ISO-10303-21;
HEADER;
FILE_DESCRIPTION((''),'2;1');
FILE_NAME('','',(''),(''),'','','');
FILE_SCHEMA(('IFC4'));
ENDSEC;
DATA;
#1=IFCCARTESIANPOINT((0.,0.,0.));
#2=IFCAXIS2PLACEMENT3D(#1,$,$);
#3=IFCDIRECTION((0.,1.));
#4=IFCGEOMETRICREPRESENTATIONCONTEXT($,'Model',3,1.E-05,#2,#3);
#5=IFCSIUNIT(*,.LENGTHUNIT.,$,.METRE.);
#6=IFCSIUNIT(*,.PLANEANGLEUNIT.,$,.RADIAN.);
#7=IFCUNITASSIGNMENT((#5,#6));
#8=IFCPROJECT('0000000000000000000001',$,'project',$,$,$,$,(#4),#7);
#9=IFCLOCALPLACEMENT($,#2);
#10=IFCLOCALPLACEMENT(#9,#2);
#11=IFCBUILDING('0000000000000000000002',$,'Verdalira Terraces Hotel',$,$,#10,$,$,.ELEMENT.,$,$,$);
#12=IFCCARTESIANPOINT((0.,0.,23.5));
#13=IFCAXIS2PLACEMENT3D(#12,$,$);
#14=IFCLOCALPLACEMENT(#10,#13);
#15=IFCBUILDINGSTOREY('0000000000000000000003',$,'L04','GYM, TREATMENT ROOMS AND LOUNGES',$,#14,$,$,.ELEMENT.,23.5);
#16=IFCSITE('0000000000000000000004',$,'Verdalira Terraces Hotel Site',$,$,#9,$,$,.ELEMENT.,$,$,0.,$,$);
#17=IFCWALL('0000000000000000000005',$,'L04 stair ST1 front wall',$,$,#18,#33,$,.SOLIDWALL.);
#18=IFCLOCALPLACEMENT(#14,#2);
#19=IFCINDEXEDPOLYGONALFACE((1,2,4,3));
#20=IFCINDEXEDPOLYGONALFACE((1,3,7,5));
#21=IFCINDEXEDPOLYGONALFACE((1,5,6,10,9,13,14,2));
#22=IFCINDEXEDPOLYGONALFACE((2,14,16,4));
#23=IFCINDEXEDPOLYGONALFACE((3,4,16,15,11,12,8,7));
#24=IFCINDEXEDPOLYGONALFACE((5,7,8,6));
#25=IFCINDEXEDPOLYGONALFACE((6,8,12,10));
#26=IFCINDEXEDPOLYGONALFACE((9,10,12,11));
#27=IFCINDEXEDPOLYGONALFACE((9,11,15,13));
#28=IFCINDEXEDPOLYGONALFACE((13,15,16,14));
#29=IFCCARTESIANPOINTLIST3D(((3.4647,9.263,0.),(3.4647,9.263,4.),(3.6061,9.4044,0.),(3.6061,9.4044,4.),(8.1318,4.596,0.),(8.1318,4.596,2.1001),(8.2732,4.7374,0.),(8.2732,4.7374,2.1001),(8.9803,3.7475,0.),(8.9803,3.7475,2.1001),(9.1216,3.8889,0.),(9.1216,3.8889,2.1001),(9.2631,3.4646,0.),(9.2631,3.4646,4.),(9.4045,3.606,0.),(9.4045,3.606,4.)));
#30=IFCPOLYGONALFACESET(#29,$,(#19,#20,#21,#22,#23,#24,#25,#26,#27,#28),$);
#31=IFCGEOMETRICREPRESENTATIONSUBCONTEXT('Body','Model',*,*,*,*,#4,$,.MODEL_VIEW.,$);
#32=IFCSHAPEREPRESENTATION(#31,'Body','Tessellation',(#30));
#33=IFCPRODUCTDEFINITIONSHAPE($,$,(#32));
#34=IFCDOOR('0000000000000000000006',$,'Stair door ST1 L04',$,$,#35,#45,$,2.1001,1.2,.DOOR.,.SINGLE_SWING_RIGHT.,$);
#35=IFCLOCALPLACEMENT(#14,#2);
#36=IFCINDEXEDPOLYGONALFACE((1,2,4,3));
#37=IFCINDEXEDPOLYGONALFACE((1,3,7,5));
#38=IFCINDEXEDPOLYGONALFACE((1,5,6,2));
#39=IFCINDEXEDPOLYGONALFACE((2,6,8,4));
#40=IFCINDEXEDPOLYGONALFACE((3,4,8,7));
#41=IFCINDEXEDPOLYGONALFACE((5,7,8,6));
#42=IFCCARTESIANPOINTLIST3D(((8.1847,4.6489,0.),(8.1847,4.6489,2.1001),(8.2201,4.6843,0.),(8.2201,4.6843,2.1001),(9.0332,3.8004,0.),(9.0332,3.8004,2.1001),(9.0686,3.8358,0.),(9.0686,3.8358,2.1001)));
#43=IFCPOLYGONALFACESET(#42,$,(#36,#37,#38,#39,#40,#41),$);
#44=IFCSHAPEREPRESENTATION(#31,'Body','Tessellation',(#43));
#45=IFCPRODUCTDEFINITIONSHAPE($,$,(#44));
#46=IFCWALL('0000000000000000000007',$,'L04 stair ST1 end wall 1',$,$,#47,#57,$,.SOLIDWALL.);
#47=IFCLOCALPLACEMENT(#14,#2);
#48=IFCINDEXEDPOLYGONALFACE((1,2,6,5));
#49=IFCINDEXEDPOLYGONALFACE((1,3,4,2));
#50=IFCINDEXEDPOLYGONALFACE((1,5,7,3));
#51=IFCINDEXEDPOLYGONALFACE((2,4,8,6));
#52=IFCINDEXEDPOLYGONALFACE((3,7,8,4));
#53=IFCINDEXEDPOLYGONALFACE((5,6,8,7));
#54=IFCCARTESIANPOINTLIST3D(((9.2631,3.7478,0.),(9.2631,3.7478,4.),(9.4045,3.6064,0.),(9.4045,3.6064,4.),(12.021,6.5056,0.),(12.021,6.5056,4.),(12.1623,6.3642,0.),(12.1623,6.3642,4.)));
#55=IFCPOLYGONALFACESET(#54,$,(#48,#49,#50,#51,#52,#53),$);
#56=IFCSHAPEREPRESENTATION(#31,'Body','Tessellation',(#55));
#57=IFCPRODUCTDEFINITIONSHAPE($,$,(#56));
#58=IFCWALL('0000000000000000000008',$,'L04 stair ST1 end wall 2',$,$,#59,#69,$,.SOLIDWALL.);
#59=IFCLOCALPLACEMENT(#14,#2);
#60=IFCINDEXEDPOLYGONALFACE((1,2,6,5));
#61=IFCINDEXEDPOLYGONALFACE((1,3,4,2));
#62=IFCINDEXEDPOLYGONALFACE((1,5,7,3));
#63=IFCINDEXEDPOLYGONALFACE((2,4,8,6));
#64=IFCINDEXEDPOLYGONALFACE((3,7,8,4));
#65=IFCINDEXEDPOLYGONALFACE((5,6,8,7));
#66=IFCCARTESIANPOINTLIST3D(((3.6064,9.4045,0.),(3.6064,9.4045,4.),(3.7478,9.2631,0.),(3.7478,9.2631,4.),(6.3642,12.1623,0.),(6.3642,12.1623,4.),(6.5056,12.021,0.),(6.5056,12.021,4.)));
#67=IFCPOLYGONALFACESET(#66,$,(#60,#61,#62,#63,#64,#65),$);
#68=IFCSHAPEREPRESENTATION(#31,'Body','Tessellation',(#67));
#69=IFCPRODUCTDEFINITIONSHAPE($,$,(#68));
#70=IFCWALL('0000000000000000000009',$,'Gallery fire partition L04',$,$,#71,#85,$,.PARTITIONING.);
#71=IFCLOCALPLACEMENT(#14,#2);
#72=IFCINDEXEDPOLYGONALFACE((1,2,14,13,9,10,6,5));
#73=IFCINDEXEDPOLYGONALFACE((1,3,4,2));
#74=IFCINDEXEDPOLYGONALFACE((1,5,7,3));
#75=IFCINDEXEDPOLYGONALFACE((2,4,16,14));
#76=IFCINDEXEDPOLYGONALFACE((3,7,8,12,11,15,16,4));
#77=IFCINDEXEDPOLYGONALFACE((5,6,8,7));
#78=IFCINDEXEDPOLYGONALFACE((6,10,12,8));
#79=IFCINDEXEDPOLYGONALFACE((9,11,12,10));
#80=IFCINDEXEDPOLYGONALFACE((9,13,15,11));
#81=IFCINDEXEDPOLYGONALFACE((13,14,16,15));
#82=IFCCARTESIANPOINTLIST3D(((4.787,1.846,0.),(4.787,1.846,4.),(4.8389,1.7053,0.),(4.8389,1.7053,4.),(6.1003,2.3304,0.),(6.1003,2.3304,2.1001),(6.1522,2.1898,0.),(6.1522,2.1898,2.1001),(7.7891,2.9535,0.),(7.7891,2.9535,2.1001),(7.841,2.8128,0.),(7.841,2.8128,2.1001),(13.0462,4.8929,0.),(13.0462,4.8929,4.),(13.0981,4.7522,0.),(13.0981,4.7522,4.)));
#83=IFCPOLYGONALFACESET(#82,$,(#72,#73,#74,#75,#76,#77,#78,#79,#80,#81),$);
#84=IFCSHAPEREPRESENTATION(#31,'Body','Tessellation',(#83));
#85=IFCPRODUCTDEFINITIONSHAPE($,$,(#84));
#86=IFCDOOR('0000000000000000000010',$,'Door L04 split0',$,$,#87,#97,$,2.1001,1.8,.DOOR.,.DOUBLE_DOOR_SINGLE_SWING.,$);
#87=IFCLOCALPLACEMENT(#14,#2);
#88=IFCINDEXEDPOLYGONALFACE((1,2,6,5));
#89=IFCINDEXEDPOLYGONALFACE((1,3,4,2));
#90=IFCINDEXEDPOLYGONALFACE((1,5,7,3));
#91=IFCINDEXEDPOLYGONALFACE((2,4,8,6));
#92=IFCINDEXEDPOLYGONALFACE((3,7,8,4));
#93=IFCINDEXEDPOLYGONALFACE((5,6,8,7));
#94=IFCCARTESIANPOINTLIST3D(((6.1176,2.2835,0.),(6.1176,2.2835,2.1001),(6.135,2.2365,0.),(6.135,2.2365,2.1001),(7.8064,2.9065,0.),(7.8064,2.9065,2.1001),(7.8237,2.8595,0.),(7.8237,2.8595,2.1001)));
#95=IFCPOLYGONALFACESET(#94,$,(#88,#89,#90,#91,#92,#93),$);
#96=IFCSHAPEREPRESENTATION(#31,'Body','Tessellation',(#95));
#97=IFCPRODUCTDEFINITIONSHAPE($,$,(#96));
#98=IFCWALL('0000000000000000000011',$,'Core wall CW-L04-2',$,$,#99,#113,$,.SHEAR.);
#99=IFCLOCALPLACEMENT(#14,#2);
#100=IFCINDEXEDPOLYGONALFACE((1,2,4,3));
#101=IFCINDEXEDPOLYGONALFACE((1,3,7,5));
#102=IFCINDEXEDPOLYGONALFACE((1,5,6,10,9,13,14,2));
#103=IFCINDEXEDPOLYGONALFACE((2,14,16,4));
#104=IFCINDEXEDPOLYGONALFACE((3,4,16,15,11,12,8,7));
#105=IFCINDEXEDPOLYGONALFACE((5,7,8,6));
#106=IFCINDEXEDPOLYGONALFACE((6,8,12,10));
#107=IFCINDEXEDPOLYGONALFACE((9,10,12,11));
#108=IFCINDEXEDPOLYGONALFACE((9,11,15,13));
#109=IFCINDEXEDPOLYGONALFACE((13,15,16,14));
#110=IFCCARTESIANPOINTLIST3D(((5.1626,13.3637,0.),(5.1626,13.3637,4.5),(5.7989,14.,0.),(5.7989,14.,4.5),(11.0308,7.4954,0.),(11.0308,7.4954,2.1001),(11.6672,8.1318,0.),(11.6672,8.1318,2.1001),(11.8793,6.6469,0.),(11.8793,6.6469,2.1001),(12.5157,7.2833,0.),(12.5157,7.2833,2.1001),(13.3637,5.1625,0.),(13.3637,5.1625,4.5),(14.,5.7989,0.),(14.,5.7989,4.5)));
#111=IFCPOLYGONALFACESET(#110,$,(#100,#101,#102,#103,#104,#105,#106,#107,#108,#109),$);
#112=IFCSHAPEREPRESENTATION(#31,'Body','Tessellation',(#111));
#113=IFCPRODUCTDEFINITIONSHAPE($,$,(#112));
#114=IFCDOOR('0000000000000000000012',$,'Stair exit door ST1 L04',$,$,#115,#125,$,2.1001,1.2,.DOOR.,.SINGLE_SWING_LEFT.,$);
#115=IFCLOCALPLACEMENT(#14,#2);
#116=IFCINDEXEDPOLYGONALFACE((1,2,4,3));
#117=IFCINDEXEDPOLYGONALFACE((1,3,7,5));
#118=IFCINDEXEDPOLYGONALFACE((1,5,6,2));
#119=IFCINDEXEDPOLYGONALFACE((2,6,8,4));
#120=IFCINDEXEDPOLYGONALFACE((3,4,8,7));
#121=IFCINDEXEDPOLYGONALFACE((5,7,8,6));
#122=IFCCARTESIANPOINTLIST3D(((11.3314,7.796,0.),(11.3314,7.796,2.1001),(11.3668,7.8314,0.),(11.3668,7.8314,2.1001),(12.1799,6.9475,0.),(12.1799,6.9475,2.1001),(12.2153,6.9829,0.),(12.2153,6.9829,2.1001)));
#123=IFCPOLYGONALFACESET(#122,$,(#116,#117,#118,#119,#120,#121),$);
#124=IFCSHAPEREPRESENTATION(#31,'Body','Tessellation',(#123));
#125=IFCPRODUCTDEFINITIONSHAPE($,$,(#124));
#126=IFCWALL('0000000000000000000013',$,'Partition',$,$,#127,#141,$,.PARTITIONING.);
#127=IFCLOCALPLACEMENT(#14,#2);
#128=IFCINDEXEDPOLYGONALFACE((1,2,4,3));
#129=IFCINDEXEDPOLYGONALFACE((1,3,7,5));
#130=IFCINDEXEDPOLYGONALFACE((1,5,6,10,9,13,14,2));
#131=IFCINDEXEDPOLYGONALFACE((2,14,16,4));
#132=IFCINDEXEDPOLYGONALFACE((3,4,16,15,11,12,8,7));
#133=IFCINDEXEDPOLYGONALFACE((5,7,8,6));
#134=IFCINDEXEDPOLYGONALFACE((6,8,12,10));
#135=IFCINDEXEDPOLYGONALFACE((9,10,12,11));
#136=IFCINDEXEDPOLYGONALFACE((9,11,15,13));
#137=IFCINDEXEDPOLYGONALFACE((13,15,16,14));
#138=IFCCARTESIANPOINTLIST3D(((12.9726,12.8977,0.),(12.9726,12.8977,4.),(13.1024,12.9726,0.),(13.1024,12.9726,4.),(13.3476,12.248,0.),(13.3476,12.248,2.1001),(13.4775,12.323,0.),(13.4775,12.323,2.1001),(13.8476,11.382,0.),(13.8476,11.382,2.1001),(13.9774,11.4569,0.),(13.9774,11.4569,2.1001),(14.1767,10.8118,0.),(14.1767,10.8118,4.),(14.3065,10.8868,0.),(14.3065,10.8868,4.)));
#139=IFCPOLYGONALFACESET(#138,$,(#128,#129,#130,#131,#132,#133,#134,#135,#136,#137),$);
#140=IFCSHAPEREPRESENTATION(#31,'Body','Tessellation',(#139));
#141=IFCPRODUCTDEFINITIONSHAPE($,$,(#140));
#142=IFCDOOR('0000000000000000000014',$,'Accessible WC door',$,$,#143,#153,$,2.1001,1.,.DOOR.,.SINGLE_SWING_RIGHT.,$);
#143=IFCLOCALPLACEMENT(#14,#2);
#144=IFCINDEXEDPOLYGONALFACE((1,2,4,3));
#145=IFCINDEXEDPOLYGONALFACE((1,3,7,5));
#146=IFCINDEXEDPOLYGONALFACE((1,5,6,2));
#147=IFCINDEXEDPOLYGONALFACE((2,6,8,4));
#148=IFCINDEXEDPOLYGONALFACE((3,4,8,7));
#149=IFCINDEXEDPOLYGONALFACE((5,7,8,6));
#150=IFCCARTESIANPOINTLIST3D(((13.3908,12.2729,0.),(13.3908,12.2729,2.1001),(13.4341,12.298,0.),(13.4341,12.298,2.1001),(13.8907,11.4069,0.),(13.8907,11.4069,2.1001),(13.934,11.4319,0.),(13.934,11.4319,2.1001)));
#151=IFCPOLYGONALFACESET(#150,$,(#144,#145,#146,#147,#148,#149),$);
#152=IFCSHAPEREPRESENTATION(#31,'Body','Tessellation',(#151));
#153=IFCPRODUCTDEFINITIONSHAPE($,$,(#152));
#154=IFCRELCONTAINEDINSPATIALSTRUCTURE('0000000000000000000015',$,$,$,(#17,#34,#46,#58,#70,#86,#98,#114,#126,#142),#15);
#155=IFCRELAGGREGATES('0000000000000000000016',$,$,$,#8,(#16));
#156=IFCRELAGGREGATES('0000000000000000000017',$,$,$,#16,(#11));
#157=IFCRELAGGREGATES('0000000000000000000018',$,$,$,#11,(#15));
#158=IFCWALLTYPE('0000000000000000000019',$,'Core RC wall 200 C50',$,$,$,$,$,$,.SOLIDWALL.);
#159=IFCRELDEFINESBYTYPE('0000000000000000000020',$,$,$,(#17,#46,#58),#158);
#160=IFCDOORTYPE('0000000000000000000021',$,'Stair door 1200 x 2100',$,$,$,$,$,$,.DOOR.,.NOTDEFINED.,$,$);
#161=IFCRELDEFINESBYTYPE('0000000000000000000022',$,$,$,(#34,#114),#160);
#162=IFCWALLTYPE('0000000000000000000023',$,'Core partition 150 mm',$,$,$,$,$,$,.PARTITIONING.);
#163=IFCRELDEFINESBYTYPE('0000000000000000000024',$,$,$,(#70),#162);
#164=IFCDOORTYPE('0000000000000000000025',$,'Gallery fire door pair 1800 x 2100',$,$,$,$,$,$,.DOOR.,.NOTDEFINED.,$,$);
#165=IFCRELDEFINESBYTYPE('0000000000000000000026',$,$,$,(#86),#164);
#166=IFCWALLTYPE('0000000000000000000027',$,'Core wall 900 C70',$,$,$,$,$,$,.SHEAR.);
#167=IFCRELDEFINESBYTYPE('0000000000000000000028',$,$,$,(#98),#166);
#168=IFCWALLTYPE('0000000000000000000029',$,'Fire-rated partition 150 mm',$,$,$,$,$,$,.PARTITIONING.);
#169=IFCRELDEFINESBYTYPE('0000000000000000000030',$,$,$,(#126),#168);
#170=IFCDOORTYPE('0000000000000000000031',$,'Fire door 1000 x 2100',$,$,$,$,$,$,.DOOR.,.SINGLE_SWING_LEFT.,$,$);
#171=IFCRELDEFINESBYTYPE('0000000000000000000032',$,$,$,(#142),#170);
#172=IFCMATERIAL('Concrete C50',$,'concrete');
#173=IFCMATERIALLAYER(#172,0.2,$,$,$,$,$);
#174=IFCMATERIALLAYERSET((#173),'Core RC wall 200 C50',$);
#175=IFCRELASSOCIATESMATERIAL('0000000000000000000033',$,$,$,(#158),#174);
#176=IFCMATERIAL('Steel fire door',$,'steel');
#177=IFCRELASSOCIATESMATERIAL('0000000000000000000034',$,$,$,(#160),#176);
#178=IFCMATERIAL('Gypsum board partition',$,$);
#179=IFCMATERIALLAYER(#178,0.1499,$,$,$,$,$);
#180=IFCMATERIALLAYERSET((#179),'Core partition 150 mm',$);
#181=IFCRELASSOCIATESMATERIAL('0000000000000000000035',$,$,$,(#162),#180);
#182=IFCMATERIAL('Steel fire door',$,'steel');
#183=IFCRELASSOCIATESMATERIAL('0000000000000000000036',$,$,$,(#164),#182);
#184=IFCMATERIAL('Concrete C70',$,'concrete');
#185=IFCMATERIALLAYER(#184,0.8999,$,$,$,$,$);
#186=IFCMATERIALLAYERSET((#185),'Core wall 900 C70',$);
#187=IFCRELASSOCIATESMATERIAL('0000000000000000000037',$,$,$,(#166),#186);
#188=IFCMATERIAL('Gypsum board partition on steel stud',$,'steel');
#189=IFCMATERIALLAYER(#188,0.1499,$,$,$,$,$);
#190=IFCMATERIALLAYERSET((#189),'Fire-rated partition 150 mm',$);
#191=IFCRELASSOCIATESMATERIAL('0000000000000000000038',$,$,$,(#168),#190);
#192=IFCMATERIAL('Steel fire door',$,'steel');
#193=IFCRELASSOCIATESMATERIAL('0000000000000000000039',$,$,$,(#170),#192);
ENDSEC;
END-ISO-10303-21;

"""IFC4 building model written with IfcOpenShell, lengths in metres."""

from ifc_helpers import new_model, si_unit, direction, frame, frame_2d, origin, place, context, subcontext, project, spatial, rectangle, extrude, material, layer, layer_set, type_object, element, fill, save


model = new_model("IFC4")

# Units and contexts
model_context = context("Model", 3, precision=1e-05, world=origin(), true_north=direction((0.0, 1.0)))
body_context = subcontext(model_context, "Body", "Model", "MODEL_VIEW")
ifc_project = project(units=[si_unit("LENGTHUNIT", "METRE"), si_unit("PLANEANGLEUNIT", "RADIAN")], contexts=[model_context])

# Site, building, storey
site_placement = place(None, origin())
site = spatial("IfcSite", under=ifc_project, at=site_placement, Name="Verdalira Terraces Hotel Site", CompositionType="ELEMENT", RefElevation=0.0)
building_placement = place(site_placement, origin())
building = spatial("IfcBuilding", under=site, at=building_placement, Name="Verdalira Terraces Hotel", CompositionType="ELEMENT")
storey_placement = place(building_placement, frame((0.0, 0.0, 23.5)))
storey = spatial("IfcBuildingStorey", under=building, at=storey_placement, Name="L04", Description="GYM, TREATMENT ROOMS AND LOUNGES", CompositionType="ELEMENT", Elevation=23.5)

# Wall, opening, door
ifc_material_1 = material(Name="Concrete C50", Category="concrete")
ifc_layer_1 = layer(ifc_material_1, 0.2)
ifc_layer_set_1 = layer_set([ifc_layer_1], Name="Core RC wall 200 C50")
wall_type_1 = type_object("IfcWallType", Name="Core RC wall 200 C50", PredefinedType="SOLIDWALL", material=ifc_layer_set_1)
wall_1_placement = place(storey_placement, frame((3.5354, 9.3337, 0.0), z_axis=(0.0, 0.0, 1.0), x_axis=(0.707107, -0.707107, 0.0)))
wall_1 = element("IfcWall", 1, at=wall_1_placement, inside=storey, type_object=wall_type_1, Name="L04 stair ST1 front wall", PredefinedType="SOLIDWALL", context=body_context, shape_type="SweptSolid", body=[
    extrude(rectangle(XDim=8.2002, YDim=0.2, at=frame_2d((4.1001, 0.0))), origin(), (0.0, 0.0, 1.0), 4.0),
])
opening_1_placement = place(wall_1_placement, frame((6.6001, 0.0, 0.0)))
opening_1 = element("IfcOpeningElement", 2, at=opening_1_placement, cuts=wall_1, PredefinedType="OPENING", context=body_context, shape_type="SweptSolid", body=[
    extrude(rectangle(XDim=1.2, YDim=2.1001, at=frame_2d((0.6001, 1.05))), frame((0.0, 0.1099, 0.0), z_axis=(0.0, -1.0, 0.0), x_axis=(1.0, 0.0, 0.0)), (0.0, 0.0, 1.0), 0.22),
])
ifc_material_2 = material(Name="Steel fire door", Category="steel")
door_type_1 = type_object("IfcDoorType", Name="Stair door 1200 x 2100", OperationType="NOTDEFINED", PredefinedType="DOOR", material=ifc_material_2)
door_1_placement = place(opening_1_placement, origin())
door_1 = element("IfcDoor", 3, at=door_1_placement, inside=storey, type_object=door_type_1, Name="Stair door ST1 L04", OperationType="SINGLE_SWING_RIGHT", OverallHeight=2.1001, OverallWidth=1.2, PredefinedType="DOOR", context=body_context, shape_type="SweptSolid", body=[
    extrude(rectangle(XDim=1.2, YDim=2.1001, at=frame_2d((0.6001, 1.05))), frame((0.0, 0.0249, 0.0), z_axis=(0.0, -1.0, 0.0), x_axis=(1.0, 0.0, 0.0)), (0.0, 0.0, 1.0), 0.05),
])
fill(opening_1, door_1)

# Walls
for number, where, z_axis, x_axis, name in (
    (4, (9.3337, 3.677, 0.0), (0.0, 0.0, 1.0), (0.707107, 0.707107, 0.0), "L04 stair ST1 end wall 1"),
    (5, (3.677, 9.3337, 0.0), (0.0, 0.0, 1.0), (0.707107, 0.707107, 0.0), "L04 stair ST1 end wall 2"),
):
    element("IfcWall", number, at=place(storey_placement, frame(where, z_axis=z_axis, x_axis=x_axis)), inside=storey, type_object=wall_type_1, Name=name, PredefinedType="SOLIDWALL", context=body_context, shape_type="SweptSolid", body=[
        extrude(rectangle(XDim=3.9001, YDim=0.2, at=frame_2d((1.9502, 0.0))), origin(), (0.0, 0.0, 1.0), 4.0),
    ])

# Walls, openings, doors
ifc_material_3 = material(Name="Gypsum board partition")
ifc_layer_2 = layer(ifc_material_3, 0.1499)
ifc_layer_set_2 = layer_set([ifc_layer_2], Name="Core partition 150 mm")
wall_type_2 = type_object("IfcWallType", Name="Core partition 150 mm", PredefinedType="PARTITIONING", material=ifc_layer_set_2)
wall_2_placement = place(storey_placement, frame((4.813, 1.7756, 0.0), z_axis=(0.0, 0.0, 1.0), x_axis=(0.938193, 0.346113, 0.0)))
wall_2 = element("IfcWall", 6, at=wall_2_placement, inside=storey, type_object=wall_type_2, Name="Gallery fire partition L04", PredefinedType="PARTITIONING", context=body_context, shape_type="SweptSolid", body=[
    extrude(rectangle(XDim=8.8032, YDim=0.1499, at=frame_2d((4.4016, 0.0))), origin(), (0.0, 0.0, 1.0), 4.0),
])
opening_2_placement = place(wall_2_placement, frame((1.3999, 0.0, 0.0)))
opening_2 = element("IfcOpeningElement", 7, at=opening_2_placement, cuts=wall_2, PredefinedType="OPENING", context=body_context, shape_type="SweptSolid", body=[
    extrude(rectangle(XDim=1.8, YDim=2.1001, at=frame_2d((0.8999, 1.05))), frame((0.0, 0.085, 0.0), z_axis=(0.0, -1.0, 0.0), x_axis=(1.0, 0.0, 0.0)), (0.0, 0.0, 1.0), 0.1699),
])
ifc_material_4 = material(Name="Steel fire door", Category="steel")
door_type_2 = type_object("IfcDoorType", Name="Gallery fire door pair 1800 x 2100", OperationType="NOTDEFINED", PredefinedType="DOOR", material=ifc_material_4)
door_2_placement = place(opening_2_placement, origin())
door_2 = element("IfcDoor", 8, at=door_2_placement, inside=storey, type_object=door_type_2, Name="Door L04 split0", OperationType="DOUBLE_DOOR_SINGLE_SWING", OverallHeight=2.1001, OverallWidth=1.8, PredefinedType="DOOR", context=body_context, shape_type="SweptSolid", body=[
    extrude(rectangle(XDim=1.8, YDim=2.1001, at=frame_2d((0.8999, 1.05))), frame((0.0, 0.0249, 0.0), z_axis=(0.0, -1.0, 0.0), x_axis=(1.0, 0.0, 0.0)), (0.0, 0.0, 1.0), 0.05),
])
fill(opening_2, door_2)
ifc_material_5 = material(Name="Concrete C70", Category="concrete")
ifc_layer_3 = layer(ifc_material_5, 0.8999)
ifc_layer_set_3 = layer_set([ifc_layer_3], Name="Core wall 900 C70")
wall_type_3 = type_object("IfcWallType", Name="Core wall 900 C70", PredefinedType="SHEAR", material=ifc_layer_set_3)
wall_3_placement = place(storey_placement, frame((13.6819, 5.4807, 0.0), z_axis=(0.0, 0.0, 1.0), x_axis=(-0.707107, 0.707107, 0.0)))
wall_3 = element("IfcWall", 9, at=wall_3_placement, inside=storey, type_object=wall_type_3, Name="Core wall CW-L04-2", PredefinedType="SHEAR", context=body_context, shape_type="SweptSolid", body=[
    extrude(rectangle(XDim=11.5981, YDim=0.8999, at=frame_2d((5.7991, 0.0))), origin(), (0.0, 0.0, 1.0), 4.5),
])
opening_3_placement = place(wall_3_placement, frame((2.0991, 0.0, 0.0)))
opening_3 = element("IfcOpeningElement", 10, at=opening_3_placement, cuts=wall_3, PredefinedType="OPENING", context=body_context, shape_type="SweptSolid", body=[
    extrude(rectangle(XDim=1.2, YDim=2.1001, at=frame_2d((0.6001, 1.05))), frame((0.0, 0.46, 0.0), z_axis=(0.0, -1.0, 0.0), x_axis=(1.0, 0.0, 0.0)), (0.0, 0.0, 1.0), 0.9199),
])
door_3_placement = place(opening_3_placement, origin())
door_3 = element("IfcDoor", 11, at=door_3_placement, inside=storey, type_object=door_type_1, Name="Stair exit door ST1 L04", OperationType="SINGLE_SWING_LEFT", OverallHeight=2.1001, OverallWidth=1.2, PredefinedType="DOOR", context=body_context, shape_type="SweptSolid", body=[
    extrude(rectangle(XDim=1.2, YDim=2.1001, at=frame_2d((0.6001, 1.05))), frame((0.0, 0.0249, 0.0), z_axis=(0.0, -1.0, 0.0), x_axis=(1.0, 0.0, 0.0)), (0.0, 0.0, 1.0), 0.05),
])
fill(opening_3, door_3)
ifc_material_6 = material(Name="Gypsum board partition on steel stud", Category="steel")
ifc_layer_4 = layer(ifc_material_6, 0.1499)
ifc_layer_set_4 = layer_set([ifc_layer_4], Name="Fire-rated partition 150 mm")
wall_type_4 = type_object("IfcWallType", Name="Fire-rated partition 150 mm", PredefinedType="PARTITIONING", material=ifc_layer_set_4)
wall_4_placement = place(storey_placement, frame((13.0376, 12.9351, 0.0), z_axis=(0.0, 0.0, 1.0), x_axis=(0.499933, -0.866064, 0.0)))
wall_4 = element("IfcWall", 12, at=wall_4_placement, inside=storey, type_object=wall_type_4, Name="Partition", PredefinedType="PARTITIONING", context=body_context, shape_type="SweptSolid", body=[
    extrude(rectangle(XDim=2.4084, YDim=0.1499, at=frame_2d((1.2041, 0.0))), origin(), (0.0, 0.0, 1.0), 4.0),
])
opening_4_placement = place(wall_4_placement, frame((0.75, 0.0, 0.0)))
opening_4 = element("IfcOpeningElement", 13, at=opening_4_placement, cuts=wall_4, PredefinedType="OPENING", context=body_context, shape_type="SweptSolid", body=[
    extrude(rectangle(XDim=1.0, YDim=2.1001, at=frame_2d((0.5, 1.05))), frame((0.0, 0.085, 0.0), z_axis=(0.0, -1.0, 0.0), x_axis=(1.0, 0.0, 0.0)), (0.0, 0.0, 1.0), 0.1699),
])
ifc_material_7 = material(Name="Steel fire door", Category="steel")
door_type_3 = type_object("IfcDoorType", Name="Fire door 1000 x 2100", OperationType="SINGLE_SWING_LEFT", PredefinedType="DOOR", material=ifc_material_7)
door_4_placement = place(opening_4_placement, origin())
door_4 = element("IfcDoor", 14, at=door_4_placement, inside=storey, type_object=door_type_3, Name="Accessible WC door", OperationType="SINGLE_SWING_RIGHT", OverallHeight=2.1001, OverallWidth=1.0, PredefinedType="DOOR", context=body_context, shape_type="SweptSolid", body=[
    extrude(rectangle(XDim=1.0, YDim=2.1001, at=frame_2d((0.5, 1.05))), frame((0.0, 0.0249, 0.0), z_axis=(0.0, -1.0, 0.0), x_axis=(1.0, 0.0, 0.0)), (0.0, 0.0, 1.0), 0.05),
])
fill(opening_4, door_4)

save(model, "model.ifc")
